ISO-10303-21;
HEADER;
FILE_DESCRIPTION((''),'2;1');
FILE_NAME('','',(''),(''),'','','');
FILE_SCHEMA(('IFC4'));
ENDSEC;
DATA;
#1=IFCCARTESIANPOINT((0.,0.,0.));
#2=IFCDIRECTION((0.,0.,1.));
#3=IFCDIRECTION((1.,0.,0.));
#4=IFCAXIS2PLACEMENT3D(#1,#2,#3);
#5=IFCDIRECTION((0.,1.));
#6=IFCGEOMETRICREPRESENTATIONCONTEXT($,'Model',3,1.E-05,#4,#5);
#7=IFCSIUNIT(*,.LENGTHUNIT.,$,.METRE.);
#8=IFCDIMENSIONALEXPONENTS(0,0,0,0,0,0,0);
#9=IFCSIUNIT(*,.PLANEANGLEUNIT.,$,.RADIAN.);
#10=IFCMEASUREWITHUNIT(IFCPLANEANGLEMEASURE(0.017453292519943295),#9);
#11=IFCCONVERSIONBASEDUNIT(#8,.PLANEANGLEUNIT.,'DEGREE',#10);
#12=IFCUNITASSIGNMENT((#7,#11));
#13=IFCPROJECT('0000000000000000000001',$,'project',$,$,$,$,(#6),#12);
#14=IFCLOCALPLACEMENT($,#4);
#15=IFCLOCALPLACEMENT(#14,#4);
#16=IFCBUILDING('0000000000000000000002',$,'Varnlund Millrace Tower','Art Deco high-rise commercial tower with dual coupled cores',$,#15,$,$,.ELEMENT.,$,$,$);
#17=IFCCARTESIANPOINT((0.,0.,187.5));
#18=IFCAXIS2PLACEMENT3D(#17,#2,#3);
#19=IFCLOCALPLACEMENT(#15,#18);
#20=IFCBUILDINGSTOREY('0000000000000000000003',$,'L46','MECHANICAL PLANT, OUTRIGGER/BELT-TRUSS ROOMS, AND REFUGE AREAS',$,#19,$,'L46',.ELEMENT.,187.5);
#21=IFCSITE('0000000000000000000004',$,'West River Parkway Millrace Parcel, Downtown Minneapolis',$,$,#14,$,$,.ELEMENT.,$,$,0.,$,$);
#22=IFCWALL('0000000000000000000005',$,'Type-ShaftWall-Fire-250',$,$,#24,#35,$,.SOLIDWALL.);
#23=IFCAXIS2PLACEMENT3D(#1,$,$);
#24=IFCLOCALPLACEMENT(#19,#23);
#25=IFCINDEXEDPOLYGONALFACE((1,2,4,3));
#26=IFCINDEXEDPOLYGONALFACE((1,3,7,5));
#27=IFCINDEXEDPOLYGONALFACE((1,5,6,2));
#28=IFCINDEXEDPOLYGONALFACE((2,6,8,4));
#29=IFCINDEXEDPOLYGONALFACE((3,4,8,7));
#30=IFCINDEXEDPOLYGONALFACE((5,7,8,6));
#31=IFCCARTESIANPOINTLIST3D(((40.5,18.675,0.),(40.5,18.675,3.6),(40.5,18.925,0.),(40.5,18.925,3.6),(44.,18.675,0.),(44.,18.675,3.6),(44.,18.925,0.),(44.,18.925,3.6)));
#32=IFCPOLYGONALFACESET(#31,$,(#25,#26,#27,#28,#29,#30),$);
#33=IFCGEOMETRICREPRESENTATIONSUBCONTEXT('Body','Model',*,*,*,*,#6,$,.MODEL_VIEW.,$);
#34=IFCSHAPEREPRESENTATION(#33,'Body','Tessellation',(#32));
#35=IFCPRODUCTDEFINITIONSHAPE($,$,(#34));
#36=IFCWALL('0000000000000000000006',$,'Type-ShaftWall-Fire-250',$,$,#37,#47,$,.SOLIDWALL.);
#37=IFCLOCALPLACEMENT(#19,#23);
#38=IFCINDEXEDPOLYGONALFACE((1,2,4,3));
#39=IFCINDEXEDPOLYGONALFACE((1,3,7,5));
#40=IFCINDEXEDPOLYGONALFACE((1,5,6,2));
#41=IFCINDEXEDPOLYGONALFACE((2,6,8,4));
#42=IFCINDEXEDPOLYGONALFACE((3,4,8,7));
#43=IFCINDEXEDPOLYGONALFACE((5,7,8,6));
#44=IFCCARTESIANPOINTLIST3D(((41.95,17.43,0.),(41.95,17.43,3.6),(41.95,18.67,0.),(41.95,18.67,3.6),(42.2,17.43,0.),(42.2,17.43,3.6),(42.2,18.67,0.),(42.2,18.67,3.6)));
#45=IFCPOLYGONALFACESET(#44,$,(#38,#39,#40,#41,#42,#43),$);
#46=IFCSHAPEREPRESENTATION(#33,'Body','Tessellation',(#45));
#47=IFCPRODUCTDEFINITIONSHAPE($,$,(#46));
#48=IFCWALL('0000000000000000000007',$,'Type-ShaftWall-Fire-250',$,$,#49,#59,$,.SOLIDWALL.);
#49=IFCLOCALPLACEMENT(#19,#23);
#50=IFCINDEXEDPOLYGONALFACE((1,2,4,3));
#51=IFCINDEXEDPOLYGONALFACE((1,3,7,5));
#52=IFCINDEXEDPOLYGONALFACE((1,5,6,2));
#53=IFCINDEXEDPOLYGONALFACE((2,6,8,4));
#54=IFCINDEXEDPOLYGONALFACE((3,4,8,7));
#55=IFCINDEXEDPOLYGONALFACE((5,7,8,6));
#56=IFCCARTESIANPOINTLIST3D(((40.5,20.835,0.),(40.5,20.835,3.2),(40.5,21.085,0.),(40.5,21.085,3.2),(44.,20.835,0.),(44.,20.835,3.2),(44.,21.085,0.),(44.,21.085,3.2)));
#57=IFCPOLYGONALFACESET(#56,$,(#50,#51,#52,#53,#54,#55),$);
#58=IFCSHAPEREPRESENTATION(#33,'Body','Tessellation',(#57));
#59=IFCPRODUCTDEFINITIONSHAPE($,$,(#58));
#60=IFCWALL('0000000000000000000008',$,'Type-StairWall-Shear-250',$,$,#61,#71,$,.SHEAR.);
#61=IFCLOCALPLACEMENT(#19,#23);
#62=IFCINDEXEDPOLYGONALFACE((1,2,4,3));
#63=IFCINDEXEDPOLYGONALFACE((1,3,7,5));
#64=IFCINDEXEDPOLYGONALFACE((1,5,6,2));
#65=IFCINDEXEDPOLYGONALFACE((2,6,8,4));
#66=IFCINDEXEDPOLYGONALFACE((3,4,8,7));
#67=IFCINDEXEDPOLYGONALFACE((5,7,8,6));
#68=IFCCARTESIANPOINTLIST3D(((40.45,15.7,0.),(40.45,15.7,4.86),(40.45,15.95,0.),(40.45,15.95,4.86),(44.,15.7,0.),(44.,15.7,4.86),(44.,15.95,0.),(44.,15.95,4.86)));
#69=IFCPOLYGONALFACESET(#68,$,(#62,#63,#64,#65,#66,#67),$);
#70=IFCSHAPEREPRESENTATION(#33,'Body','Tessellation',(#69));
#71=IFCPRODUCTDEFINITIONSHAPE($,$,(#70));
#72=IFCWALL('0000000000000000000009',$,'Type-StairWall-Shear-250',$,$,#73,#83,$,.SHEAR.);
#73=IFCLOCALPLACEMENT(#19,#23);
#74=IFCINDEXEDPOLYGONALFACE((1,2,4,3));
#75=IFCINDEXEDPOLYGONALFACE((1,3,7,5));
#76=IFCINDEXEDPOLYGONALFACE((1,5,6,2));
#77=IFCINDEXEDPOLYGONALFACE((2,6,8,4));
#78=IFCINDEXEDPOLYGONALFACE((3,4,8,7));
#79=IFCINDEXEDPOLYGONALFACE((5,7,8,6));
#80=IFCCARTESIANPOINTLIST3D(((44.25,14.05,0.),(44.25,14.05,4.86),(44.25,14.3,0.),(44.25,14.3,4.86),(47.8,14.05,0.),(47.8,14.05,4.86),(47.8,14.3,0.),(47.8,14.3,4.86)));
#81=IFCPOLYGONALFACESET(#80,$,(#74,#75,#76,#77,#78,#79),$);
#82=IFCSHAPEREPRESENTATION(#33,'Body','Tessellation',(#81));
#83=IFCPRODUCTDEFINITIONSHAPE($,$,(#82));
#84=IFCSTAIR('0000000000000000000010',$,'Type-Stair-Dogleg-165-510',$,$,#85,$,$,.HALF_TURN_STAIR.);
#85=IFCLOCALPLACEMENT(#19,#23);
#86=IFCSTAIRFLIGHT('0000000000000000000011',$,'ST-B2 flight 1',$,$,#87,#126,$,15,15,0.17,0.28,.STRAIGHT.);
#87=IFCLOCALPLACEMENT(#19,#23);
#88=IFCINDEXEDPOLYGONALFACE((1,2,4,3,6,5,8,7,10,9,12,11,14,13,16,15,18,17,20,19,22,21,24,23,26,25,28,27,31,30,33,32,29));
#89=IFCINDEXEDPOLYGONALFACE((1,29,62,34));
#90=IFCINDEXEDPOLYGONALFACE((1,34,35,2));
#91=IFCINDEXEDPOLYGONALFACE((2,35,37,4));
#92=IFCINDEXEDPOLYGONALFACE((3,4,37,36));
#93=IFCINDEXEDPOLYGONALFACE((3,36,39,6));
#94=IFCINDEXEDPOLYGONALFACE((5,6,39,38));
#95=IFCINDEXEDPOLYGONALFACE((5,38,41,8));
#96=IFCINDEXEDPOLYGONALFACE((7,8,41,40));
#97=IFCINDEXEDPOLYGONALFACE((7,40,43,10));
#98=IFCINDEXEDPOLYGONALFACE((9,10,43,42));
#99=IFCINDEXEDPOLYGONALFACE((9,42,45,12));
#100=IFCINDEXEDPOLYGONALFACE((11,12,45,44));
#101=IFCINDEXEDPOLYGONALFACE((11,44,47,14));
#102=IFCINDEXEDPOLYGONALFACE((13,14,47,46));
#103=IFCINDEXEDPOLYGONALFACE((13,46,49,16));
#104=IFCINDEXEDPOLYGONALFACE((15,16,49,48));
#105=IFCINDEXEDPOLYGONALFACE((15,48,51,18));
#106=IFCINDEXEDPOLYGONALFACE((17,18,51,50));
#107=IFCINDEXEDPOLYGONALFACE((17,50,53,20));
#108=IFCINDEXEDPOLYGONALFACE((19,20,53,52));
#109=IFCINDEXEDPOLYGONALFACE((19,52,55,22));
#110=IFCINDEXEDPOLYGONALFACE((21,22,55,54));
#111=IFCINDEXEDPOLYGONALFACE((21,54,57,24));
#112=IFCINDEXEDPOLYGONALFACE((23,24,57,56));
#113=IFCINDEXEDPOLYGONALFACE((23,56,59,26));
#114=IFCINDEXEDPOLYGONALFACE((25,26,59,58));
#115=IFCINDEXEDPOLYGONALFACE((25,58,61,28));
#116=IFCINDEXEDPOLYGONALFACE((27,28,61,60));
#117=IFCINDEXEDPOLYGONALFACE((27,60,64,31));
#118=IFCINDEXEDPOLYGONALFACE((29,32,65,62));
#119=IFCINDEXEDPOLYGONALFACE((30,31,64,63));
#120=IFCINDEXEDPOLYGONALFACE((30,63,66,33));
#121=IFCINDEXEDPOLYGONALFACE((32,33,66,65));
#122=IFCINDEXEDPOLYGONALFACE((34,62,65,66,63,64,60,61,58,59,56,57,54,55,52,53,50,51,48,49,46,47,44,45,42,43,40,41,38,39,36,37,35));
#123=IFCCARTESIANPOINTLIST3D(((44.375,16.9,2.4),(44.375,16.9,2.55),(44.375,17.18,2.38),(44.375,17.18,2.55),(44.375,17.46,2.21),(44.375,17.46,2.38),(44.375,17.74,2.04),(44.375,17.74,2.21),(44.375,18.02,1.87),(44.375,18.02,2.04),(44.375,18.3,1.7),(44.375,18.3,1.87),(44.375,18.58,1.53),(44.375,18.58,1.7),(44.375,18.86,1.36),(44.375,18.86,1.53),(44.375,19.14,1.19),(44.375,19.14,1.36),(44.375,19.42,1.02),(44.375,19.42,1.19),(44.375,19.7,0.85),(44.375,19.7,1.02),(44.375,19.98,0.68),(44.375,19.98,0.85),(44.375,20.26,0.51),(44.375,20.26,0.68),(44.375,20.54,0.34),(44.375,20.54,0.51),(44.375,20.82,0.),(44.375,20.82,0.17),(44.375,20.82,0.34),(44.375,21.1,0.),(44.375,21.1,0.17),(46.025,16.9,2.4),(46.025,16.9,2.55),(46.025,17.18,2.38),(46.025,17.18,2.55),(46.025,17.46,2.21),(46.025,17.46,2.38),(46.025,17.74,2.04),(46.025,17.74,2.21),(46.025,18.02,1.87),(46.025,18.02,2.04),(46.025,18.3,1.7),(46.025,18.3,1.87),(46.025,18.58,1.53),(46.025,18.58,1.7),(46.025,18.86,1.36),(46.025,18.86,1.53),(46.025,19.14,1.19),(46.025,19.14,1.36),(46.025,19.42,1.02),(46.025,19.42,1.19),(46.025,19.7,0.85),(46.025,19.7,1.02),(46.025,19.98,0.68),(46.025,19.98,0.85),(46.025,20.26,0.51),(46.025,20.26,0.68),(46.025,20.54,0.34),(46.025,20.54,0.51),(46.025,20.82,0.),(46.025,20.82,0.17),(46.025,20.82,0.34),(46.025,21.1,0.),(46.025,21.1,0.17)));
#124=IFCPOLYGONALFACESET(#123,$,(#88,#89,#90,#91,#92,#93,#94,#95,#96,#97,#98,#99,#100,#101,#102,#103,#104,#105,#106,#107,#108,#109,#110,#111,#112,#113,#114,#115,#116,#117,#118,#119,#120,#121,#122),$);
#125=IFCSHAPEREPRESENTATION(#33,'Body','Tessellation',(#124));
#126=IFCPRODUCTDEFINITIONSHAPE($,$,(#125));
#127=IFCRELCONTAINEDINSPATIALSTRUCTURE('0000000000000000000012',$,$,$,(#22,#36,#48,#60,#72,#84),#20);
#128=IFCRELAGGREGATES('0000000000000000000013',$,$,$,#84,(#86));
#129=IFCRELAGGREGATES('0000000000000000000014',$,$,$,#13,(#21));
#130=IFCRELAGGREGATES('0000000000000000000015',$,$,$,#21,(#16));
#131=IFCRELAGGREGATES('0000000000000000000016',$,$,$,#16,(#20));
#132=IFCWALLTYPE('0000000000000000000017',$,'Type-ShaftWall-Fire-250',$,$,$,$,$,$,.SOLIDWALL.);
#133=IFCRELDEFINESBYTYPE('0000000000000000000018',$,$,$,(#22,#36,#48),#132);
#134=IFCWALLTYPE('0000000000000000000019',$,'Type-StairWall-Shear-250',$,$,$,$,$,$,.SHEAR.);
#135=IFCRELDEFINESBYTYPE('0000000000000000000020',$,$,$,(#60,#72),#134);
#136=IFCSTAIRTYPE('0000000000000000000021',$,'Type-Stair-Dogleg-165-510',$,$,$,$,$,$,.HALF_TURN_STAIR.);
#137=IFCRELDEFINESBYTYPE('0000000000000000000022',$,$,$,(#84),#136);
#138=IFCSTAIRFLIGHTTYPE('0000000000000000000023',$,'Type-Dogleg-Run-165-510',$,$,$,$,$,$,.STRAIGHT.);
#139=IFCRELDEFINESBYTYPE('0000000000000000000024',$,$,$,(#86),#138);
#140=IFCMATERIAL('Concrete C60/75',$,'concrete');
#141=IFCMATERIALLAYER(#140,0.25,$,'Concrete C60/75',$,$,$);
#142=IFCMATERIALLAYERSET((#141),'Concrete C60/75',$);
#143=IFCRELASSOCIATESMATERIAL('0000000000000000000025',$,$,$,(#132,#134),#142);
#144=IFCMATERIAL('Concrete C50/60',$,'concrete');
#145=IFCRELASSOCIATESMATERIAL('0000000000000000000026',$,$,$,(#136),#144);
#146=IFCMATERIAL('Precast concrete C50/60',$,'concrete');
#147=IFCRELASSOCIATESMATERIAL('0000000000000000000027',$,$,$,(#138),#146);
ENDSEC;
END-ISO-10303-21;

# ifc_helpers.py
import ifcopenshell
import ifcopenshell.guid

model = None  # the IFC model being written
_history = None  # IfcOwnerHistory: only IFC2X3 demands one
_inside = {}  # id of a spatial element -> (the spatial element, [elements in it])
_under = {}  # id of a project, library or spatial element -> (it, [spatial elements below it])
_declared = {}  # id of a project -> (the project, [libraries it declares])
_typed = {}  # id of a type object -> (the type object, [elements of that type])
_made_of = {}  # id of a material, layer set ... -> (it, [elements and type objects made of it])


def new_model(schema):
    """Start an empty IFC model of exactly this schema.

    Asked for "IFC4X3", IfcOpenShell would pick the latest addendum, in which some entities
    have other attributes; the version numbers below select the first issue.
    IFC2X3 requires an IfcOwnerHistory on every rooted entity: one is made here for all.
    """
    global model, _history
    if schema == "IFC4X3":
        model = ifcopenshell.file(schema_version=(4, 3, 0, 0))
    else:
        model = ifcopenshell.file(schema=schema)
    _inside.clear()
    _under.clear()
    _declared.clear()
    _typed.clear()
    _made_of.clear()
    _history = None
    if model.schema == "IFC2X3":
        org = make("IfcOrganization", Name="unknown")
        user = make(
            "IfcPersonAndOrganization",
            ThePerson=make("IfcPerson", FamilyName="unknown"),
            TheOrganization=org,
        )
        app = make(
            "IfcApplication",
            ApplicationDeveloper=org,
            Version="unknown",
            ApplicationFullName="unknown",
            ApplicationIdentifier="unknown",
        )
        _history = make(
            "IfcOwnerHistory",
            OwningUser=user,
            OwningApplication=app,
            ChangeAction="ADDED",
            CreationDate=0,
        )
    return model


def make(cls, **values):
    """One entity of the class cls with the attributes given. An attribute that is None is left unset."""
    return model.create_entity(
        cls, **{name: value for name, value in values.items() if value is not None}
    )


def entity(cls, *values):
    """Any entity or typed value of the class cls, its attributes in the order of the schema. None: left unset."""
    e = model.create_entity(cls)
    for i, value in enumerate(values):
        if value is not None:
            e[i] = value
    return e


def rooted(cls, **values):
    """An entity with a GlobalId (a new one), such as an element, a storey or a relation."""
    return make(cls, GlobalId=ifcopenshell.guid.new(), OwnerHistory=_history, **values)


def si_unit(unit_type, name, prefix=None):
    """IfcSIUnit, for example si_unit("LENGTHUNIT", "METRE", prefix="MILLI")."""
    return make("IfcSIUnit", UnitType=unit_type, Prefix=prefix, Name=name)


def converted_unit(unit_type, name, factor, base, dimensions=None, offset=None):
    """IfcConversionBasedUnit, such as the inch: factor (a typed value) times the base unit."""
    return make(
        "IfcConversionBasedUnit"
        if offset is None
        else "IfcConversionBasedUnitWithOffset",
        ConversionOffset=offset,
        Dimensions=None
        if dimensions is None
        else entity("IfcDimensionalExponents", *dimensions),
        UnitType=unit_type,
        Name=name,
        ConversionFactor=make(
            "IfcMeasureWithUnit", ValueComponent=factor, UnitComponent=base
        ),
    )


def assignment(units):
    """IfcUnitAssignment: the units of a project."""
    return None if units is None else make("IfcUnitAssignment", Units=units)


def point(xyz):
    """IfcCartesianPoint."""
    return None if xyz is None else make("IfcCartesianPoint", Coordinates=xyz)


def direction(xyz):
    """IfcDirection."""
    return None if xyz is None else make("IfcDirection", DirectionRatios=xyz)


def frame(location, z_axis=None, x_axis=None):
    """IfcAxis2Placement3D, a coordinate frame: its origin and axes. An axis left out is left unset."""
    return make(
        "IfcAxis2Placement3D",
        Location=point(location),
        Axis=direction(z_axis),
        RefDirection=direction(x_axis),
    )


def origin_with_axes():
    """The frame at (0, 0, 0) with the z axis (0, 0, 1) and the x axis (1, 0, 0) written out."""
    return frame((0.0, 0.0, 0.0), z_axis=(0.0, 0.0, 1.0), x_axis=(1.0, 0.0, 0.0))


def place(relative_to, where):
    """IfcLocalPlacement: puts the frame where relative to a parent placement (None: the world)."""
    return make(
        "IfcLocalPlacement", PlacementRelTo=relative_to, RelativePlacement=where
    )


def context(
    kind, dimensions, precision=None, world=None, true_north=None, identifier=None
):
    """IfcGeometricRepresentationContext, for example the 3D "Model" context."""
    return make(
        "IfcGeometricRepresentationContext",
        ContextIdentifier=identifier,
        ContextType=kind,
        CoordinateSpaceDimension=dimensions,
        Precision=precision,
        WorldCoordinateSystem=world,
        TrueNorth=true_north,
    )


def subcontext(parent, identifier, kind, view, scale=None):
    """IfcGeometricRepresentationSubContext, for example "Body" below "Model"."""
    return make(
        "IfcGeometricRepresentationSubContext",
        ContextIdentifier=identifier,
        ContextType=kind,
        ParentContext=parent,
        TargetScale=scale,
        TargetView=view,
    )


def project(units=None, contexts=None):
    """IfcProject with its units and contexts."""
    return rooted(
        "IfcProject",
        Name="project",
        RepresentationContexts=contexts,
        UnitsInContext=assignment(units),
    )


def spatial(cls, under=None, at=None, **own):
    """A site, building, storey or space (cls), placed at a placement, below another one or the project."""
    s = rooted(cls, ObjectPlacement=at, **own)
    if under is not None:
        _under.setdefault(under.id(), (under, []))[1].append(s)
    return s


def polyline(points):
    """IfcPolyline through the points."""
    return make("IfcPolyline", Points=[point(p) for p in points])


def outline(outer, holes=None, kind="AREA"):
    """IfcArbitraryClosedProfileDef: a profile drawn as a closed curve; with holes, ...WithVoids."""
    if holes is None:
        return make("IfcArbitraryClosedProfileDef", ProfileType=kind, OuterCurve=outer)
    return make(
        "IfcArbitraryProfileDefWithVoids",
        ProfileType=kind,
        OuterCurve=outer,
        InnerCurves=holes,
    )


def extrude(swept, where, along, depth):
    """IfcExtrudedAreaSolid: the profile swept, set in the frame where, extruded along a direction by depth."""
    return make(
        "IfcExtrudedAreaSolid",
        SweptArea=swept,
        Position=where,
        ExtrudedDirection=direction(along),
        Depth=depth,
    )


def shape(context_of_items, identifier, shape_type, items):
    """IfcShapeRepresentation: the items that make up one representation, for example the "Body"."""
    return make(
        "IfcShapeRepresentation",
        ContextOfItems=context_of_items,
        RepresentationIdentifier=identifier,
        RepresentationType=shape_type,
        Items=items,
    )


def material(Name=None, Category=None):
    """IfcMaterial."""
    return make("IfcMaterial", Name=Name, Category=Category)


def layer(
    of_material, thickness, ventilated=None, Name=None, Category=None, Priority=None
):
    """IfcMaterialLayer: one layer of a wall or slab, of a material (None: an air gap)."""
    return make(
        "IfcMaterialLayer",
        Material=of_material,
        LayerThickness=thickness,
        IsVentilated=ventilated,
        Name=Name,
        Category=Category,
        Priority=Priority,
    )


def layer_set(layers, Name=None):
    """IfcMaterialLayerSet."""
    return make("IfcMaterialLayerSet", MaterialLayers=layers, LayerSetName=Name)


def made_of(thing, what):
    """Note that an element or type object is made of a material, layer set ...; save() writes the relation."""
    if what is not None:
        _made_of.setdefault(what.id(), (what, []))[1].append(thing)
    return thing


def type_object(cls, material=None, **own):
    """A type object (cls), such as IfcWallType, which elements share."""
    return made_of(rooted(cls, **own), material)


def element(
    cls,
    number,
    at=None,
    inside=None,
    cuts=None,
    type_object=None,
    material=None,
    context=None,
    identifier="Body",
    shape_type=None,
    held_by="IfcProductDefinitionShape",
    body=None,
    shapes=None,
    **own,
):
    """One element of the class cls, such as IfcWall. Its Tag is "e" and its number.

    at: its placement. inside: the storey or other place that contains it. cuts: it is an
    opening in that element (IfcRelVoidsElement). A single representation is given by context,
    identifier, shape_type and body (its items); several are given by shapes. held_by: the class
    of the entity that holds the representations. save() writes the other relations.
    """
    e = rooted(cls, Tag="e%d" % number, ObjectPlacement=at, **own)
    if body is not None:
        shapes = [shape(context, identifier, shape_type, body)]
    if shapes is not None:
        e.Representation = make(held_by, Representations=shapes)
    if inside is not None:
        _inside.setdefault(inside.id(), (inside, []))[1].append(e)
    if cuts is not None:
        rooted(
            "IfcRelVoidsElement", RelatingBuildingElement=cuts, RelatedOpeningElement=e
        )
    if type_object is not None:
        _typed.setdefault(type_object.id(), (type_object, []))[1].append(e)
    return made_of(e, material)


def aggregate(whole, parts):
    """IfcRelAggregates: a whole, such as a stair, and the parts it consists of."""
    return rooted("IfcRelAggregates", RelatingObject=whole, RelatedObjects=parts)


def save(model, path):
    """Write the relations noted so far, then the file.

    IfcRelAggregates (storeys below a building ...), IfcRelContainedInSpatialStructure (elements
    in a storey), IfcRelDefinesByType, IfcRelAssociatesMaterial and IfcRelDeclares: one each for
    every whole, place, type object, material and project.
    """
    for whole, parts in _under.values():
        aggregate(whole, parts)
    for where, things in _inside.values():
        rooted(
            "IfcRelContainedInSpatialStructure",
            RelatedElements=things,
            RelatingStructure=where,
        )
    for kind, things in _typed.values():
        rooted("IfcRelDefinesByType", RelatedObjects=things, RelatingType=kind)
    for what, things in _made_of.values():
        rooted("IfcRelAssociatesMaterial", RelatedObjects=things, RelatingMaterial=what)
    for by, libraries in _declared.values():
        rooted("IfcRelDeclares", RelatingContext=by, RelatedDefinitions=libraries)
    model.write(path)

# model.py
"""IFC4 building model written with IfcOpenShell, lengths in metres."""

from ifc_helpers import new_model, entity, si_unit, converted_unit, direction, frame, origin_with_axes, place, context, subcontext, project, spatial, polyline, outline, extrude, material, layer, layer_set, type_object, element, aggregate, save


model = new_model("IFC4")

# Units and contexts
model_context = context("Model", 3, precision=1e-05, world=origin_with_axes(), true_north=direction((0.0, 1.0)))
body_context = subcontext(model_context, "Body", "Model", "MODEL_VIEW")
ifc_project = project(units=[si_unit("LENGTHUNIT", "METRE"), converted_unit("PLANEANGLEUNIT", "DEGREE", entity("IfcPlaneAngleMeasure", 0.017453292519943295), si_unit("PLANEANGLEUNIT", "RADIAN"), dimensions=[0, 0, 0, 0, 0, 0, 0])], contexts=[model_context])

# Site, building, storey
site_placement = place(None, origin_with_axes())
site = spatial("IfcSite", under=ifc_project, at=site_placement, Name="West River Parkway Millrace Parcel, Downtown Minneapolis", CompositionType="ELEMENT", RefElevation=0.0)
building_placement = place(site_placement, origin_with_axes())
building = spatial("IfcBuilding", under=site, at=building_placement, Name="Varnlund Millrace Tower", Description="Art Deco high-rise commercial tower with dual coupled cores", CompositionType="ELEMENT")
storey_placement = place(building_placement, frame((0.0, 0.0, 187.5), z_axis=(0.0, 0.0, 1.0), x_axis=(1.0, 0.0, 0.0)))
storey = spatial("IfcBuildingStorey", under=building, at=storey_placement, Name="L46", Description="MECHANICAL PLANT, OUTRIGGER/BELT-TRUSS ROOMS, AND REFUGE AREAS", LongName="L46", CompositionType="ELEMENT", Elevation=187.5)

# Shared definitions
ifc_material_1 = material(Name="Concrete C60/75", Category="concrete")
ifc_layer = layer(ifc_material_1, 0.25, Name="Concrete C60/75")
ifc_layer_set = layer_set([ifc_layer], Name="Concrete C60/75")
wall_type_1 = type_object("IfcWallType", Name="Type-ShaftWall-Fire-250", PredefinedType="SOLIDWALL", material=ifc_layer_set)

# Walls
wall_1_placement = place(storey_placement, frame((40.5, 18.8, 0.0), z_axis=(0.0, 0.0, 1.0), x_axis=(1.0, 0.0, 0.0)))
element("IfcWall", 1, at=wall_1_placement, inside=storey, type_object=wall_type_1, Name="Type-ShaftWall-Fire-250", PredefinedType="SOLIDWALL", context=body_context, shape_type="SweptSolid", body=[
    extrude(outline(polyline([(0.0, -0.125), (3.5, -0.125), (3.5, 0.125), (0.0, 0.125), (0.0, -0.125)])), origin_with_axes(), (0.0, 0.0, 1.0), 3.6),
])
wall_2_placement = place(storey_placement, frame((42.075, 17.43, 0.0), z_axis=(0.0, 0.0, 1.0), x_axis=(0.0, 1.0, 0.0)))
element("IfcWall", 2, at=wall_2_placement, inside=storey, type_object=wall_type_1, Name="Type-ShaftWall-Fire-250", PredefinedType="SOLIDWALL", context=body_context, shape_type="SweptSolid", body=[
    extrude(outline(polyline([(0.0, -0.125), (1.24, -0.125), (1.24, 0.125), (0.0, 0.125), (0.0, -0.125)])), origin_with_axes(), (0.0, 0.0, 1.0), 3.6),
])
wall_3_placement = place(storey_placement, frame((40.5, 20.96, 0.0), z_axis=(0.0, 0.0, 1.0), x_axis=(1.0, 0.0, 0.0)))
element("IfcWall", 3, at=wall_3_placement, inside=storey, type_object=wall_type_1, Name="Type-ShaftWall-Fire-250", PredefinedType="SOLIDWALL", context=body_context, shape_type="SweptSolid", body=[
    extrude(outline(polyline([(0.0, -0.125), (3.5, -0.125), (3.5, 0.125), (0.0, 0.125), (0.0, -0.125)])), origin_with_axes(), (0.0, 0.0, 1.0), 3.2),
])
wall_type_2 = type_object("IfcWallType", Name="Type-StairWall-Shear-250", PredefinedType="SHEAR", material=ifc_layer_set)
for number, where, z_axis, x_axis, name in (
    (4, (40.45, 15.825, 0.0), (0.0, 0.0, 1.0), (1.0, 0.0, 0.0), "Type-StairWall-Shear-250"),
    (5, (44.25, 14.175, 0.0), (0.0, 0.0, 1.0), (1.0, 0.0, 0.0), "Type-StairWall-Shear-250"),
):
    element("IfcWall", number, at=place(storey_placement, frame(where, z_axis=z_axis, x_axis=x_axis)), inside=storey, type_object=wall_type_2, Name=name, PredefinedType="SHEAR", context=body_context, shape_type="SweptSolid", body=[
        extrude(outline(polyline([(0.0, -0.125), (3.55, -0.125), (3.55, 0.125), (0.0, 0.125), (0.0, -0.125)])), origin_with_axes(), (0.0, 0.0, 1.0), 4.86),
    ])

# Stair, stair flight
ifc_material_2 = material(Name="Concrete C50/60", Category="concrete")
stair_type = type_object("IfcStairType", Name="Type-Stair-Dogleg-165-510", PredefinedType="HALF_TURN_STAIR", material=ifc_material_2)
stair_placement = place(storey_placement, origin_with_axes())
stair = element("IfcStair", 6, at=stair_placement, inside=storey, type_object=stair_type, Name="Type-Stair-Dogleg-165-510", PredefinedType="HALF_TURN_STAIR")
ifc_material_3 = material(Name="Precast concrete C50/60", Category="concrete")
stair_flight_type = type_object("IfcStairFlightType", Name="Type-Dogleg-Run-165-510", PredefinedType="STRAIGHT", material=ifc_material_3)
stair_flight_placement = place(storey_placement, frame((46.025, 21.1, 0.0), z_axis=(-1.0, 0.0, 0.0), x_axis=(0.0, -1.0, 0.0)))
stair_flight = element("IfcStairFlight", 7, at=stair_flight_placement, type_object=stair_flight_type, Name="ST-B2 flight 1", NumberOfRisers=15, NumberOfTreads=15, PredefinedType="STRAIGHT", RiserHeight=0.17, TreadLength=0.28, context=body_context, shape_type="SweptSolid", body=[
    extrude(outline(polyline([(0.0, 0.0), (0.0, 0.17), (0.28, 0.17), (0.28, 0.34), (0.56, 0.34), (0.56, 0.51), (0.84, 0.51), (0.84, 0.68), (1.12, 0.68), (1.12, 0.85), (1.4, 0.85), (1.4, 1.02), (1.68, 1.02), (1.68, 1.19), (1.96, 1.19), (1.96, 1.36), (2.24, 1.36), (2.24, 1.53), (2.52, 1.53), (2.52, 1.7), (2.8, 1.7), (2.8, 1.87), (3.08, 1.87), (3.08, 2.04), (3.36, 2.04), (3.36, 2.21), (3.64, 2.21), (3.64, 2.38), (3.92, 2.38), (3.92, 2.55), (4.2, 2.55), (4.2, 2.4), (0.28, 0.0), (0.0, 0.0)])), origin_with_axes(), (0.0, 0.0, 1.0), 1.65),
])
aggregate(stair, [stair_flight])

save(model, "model.ifc")
